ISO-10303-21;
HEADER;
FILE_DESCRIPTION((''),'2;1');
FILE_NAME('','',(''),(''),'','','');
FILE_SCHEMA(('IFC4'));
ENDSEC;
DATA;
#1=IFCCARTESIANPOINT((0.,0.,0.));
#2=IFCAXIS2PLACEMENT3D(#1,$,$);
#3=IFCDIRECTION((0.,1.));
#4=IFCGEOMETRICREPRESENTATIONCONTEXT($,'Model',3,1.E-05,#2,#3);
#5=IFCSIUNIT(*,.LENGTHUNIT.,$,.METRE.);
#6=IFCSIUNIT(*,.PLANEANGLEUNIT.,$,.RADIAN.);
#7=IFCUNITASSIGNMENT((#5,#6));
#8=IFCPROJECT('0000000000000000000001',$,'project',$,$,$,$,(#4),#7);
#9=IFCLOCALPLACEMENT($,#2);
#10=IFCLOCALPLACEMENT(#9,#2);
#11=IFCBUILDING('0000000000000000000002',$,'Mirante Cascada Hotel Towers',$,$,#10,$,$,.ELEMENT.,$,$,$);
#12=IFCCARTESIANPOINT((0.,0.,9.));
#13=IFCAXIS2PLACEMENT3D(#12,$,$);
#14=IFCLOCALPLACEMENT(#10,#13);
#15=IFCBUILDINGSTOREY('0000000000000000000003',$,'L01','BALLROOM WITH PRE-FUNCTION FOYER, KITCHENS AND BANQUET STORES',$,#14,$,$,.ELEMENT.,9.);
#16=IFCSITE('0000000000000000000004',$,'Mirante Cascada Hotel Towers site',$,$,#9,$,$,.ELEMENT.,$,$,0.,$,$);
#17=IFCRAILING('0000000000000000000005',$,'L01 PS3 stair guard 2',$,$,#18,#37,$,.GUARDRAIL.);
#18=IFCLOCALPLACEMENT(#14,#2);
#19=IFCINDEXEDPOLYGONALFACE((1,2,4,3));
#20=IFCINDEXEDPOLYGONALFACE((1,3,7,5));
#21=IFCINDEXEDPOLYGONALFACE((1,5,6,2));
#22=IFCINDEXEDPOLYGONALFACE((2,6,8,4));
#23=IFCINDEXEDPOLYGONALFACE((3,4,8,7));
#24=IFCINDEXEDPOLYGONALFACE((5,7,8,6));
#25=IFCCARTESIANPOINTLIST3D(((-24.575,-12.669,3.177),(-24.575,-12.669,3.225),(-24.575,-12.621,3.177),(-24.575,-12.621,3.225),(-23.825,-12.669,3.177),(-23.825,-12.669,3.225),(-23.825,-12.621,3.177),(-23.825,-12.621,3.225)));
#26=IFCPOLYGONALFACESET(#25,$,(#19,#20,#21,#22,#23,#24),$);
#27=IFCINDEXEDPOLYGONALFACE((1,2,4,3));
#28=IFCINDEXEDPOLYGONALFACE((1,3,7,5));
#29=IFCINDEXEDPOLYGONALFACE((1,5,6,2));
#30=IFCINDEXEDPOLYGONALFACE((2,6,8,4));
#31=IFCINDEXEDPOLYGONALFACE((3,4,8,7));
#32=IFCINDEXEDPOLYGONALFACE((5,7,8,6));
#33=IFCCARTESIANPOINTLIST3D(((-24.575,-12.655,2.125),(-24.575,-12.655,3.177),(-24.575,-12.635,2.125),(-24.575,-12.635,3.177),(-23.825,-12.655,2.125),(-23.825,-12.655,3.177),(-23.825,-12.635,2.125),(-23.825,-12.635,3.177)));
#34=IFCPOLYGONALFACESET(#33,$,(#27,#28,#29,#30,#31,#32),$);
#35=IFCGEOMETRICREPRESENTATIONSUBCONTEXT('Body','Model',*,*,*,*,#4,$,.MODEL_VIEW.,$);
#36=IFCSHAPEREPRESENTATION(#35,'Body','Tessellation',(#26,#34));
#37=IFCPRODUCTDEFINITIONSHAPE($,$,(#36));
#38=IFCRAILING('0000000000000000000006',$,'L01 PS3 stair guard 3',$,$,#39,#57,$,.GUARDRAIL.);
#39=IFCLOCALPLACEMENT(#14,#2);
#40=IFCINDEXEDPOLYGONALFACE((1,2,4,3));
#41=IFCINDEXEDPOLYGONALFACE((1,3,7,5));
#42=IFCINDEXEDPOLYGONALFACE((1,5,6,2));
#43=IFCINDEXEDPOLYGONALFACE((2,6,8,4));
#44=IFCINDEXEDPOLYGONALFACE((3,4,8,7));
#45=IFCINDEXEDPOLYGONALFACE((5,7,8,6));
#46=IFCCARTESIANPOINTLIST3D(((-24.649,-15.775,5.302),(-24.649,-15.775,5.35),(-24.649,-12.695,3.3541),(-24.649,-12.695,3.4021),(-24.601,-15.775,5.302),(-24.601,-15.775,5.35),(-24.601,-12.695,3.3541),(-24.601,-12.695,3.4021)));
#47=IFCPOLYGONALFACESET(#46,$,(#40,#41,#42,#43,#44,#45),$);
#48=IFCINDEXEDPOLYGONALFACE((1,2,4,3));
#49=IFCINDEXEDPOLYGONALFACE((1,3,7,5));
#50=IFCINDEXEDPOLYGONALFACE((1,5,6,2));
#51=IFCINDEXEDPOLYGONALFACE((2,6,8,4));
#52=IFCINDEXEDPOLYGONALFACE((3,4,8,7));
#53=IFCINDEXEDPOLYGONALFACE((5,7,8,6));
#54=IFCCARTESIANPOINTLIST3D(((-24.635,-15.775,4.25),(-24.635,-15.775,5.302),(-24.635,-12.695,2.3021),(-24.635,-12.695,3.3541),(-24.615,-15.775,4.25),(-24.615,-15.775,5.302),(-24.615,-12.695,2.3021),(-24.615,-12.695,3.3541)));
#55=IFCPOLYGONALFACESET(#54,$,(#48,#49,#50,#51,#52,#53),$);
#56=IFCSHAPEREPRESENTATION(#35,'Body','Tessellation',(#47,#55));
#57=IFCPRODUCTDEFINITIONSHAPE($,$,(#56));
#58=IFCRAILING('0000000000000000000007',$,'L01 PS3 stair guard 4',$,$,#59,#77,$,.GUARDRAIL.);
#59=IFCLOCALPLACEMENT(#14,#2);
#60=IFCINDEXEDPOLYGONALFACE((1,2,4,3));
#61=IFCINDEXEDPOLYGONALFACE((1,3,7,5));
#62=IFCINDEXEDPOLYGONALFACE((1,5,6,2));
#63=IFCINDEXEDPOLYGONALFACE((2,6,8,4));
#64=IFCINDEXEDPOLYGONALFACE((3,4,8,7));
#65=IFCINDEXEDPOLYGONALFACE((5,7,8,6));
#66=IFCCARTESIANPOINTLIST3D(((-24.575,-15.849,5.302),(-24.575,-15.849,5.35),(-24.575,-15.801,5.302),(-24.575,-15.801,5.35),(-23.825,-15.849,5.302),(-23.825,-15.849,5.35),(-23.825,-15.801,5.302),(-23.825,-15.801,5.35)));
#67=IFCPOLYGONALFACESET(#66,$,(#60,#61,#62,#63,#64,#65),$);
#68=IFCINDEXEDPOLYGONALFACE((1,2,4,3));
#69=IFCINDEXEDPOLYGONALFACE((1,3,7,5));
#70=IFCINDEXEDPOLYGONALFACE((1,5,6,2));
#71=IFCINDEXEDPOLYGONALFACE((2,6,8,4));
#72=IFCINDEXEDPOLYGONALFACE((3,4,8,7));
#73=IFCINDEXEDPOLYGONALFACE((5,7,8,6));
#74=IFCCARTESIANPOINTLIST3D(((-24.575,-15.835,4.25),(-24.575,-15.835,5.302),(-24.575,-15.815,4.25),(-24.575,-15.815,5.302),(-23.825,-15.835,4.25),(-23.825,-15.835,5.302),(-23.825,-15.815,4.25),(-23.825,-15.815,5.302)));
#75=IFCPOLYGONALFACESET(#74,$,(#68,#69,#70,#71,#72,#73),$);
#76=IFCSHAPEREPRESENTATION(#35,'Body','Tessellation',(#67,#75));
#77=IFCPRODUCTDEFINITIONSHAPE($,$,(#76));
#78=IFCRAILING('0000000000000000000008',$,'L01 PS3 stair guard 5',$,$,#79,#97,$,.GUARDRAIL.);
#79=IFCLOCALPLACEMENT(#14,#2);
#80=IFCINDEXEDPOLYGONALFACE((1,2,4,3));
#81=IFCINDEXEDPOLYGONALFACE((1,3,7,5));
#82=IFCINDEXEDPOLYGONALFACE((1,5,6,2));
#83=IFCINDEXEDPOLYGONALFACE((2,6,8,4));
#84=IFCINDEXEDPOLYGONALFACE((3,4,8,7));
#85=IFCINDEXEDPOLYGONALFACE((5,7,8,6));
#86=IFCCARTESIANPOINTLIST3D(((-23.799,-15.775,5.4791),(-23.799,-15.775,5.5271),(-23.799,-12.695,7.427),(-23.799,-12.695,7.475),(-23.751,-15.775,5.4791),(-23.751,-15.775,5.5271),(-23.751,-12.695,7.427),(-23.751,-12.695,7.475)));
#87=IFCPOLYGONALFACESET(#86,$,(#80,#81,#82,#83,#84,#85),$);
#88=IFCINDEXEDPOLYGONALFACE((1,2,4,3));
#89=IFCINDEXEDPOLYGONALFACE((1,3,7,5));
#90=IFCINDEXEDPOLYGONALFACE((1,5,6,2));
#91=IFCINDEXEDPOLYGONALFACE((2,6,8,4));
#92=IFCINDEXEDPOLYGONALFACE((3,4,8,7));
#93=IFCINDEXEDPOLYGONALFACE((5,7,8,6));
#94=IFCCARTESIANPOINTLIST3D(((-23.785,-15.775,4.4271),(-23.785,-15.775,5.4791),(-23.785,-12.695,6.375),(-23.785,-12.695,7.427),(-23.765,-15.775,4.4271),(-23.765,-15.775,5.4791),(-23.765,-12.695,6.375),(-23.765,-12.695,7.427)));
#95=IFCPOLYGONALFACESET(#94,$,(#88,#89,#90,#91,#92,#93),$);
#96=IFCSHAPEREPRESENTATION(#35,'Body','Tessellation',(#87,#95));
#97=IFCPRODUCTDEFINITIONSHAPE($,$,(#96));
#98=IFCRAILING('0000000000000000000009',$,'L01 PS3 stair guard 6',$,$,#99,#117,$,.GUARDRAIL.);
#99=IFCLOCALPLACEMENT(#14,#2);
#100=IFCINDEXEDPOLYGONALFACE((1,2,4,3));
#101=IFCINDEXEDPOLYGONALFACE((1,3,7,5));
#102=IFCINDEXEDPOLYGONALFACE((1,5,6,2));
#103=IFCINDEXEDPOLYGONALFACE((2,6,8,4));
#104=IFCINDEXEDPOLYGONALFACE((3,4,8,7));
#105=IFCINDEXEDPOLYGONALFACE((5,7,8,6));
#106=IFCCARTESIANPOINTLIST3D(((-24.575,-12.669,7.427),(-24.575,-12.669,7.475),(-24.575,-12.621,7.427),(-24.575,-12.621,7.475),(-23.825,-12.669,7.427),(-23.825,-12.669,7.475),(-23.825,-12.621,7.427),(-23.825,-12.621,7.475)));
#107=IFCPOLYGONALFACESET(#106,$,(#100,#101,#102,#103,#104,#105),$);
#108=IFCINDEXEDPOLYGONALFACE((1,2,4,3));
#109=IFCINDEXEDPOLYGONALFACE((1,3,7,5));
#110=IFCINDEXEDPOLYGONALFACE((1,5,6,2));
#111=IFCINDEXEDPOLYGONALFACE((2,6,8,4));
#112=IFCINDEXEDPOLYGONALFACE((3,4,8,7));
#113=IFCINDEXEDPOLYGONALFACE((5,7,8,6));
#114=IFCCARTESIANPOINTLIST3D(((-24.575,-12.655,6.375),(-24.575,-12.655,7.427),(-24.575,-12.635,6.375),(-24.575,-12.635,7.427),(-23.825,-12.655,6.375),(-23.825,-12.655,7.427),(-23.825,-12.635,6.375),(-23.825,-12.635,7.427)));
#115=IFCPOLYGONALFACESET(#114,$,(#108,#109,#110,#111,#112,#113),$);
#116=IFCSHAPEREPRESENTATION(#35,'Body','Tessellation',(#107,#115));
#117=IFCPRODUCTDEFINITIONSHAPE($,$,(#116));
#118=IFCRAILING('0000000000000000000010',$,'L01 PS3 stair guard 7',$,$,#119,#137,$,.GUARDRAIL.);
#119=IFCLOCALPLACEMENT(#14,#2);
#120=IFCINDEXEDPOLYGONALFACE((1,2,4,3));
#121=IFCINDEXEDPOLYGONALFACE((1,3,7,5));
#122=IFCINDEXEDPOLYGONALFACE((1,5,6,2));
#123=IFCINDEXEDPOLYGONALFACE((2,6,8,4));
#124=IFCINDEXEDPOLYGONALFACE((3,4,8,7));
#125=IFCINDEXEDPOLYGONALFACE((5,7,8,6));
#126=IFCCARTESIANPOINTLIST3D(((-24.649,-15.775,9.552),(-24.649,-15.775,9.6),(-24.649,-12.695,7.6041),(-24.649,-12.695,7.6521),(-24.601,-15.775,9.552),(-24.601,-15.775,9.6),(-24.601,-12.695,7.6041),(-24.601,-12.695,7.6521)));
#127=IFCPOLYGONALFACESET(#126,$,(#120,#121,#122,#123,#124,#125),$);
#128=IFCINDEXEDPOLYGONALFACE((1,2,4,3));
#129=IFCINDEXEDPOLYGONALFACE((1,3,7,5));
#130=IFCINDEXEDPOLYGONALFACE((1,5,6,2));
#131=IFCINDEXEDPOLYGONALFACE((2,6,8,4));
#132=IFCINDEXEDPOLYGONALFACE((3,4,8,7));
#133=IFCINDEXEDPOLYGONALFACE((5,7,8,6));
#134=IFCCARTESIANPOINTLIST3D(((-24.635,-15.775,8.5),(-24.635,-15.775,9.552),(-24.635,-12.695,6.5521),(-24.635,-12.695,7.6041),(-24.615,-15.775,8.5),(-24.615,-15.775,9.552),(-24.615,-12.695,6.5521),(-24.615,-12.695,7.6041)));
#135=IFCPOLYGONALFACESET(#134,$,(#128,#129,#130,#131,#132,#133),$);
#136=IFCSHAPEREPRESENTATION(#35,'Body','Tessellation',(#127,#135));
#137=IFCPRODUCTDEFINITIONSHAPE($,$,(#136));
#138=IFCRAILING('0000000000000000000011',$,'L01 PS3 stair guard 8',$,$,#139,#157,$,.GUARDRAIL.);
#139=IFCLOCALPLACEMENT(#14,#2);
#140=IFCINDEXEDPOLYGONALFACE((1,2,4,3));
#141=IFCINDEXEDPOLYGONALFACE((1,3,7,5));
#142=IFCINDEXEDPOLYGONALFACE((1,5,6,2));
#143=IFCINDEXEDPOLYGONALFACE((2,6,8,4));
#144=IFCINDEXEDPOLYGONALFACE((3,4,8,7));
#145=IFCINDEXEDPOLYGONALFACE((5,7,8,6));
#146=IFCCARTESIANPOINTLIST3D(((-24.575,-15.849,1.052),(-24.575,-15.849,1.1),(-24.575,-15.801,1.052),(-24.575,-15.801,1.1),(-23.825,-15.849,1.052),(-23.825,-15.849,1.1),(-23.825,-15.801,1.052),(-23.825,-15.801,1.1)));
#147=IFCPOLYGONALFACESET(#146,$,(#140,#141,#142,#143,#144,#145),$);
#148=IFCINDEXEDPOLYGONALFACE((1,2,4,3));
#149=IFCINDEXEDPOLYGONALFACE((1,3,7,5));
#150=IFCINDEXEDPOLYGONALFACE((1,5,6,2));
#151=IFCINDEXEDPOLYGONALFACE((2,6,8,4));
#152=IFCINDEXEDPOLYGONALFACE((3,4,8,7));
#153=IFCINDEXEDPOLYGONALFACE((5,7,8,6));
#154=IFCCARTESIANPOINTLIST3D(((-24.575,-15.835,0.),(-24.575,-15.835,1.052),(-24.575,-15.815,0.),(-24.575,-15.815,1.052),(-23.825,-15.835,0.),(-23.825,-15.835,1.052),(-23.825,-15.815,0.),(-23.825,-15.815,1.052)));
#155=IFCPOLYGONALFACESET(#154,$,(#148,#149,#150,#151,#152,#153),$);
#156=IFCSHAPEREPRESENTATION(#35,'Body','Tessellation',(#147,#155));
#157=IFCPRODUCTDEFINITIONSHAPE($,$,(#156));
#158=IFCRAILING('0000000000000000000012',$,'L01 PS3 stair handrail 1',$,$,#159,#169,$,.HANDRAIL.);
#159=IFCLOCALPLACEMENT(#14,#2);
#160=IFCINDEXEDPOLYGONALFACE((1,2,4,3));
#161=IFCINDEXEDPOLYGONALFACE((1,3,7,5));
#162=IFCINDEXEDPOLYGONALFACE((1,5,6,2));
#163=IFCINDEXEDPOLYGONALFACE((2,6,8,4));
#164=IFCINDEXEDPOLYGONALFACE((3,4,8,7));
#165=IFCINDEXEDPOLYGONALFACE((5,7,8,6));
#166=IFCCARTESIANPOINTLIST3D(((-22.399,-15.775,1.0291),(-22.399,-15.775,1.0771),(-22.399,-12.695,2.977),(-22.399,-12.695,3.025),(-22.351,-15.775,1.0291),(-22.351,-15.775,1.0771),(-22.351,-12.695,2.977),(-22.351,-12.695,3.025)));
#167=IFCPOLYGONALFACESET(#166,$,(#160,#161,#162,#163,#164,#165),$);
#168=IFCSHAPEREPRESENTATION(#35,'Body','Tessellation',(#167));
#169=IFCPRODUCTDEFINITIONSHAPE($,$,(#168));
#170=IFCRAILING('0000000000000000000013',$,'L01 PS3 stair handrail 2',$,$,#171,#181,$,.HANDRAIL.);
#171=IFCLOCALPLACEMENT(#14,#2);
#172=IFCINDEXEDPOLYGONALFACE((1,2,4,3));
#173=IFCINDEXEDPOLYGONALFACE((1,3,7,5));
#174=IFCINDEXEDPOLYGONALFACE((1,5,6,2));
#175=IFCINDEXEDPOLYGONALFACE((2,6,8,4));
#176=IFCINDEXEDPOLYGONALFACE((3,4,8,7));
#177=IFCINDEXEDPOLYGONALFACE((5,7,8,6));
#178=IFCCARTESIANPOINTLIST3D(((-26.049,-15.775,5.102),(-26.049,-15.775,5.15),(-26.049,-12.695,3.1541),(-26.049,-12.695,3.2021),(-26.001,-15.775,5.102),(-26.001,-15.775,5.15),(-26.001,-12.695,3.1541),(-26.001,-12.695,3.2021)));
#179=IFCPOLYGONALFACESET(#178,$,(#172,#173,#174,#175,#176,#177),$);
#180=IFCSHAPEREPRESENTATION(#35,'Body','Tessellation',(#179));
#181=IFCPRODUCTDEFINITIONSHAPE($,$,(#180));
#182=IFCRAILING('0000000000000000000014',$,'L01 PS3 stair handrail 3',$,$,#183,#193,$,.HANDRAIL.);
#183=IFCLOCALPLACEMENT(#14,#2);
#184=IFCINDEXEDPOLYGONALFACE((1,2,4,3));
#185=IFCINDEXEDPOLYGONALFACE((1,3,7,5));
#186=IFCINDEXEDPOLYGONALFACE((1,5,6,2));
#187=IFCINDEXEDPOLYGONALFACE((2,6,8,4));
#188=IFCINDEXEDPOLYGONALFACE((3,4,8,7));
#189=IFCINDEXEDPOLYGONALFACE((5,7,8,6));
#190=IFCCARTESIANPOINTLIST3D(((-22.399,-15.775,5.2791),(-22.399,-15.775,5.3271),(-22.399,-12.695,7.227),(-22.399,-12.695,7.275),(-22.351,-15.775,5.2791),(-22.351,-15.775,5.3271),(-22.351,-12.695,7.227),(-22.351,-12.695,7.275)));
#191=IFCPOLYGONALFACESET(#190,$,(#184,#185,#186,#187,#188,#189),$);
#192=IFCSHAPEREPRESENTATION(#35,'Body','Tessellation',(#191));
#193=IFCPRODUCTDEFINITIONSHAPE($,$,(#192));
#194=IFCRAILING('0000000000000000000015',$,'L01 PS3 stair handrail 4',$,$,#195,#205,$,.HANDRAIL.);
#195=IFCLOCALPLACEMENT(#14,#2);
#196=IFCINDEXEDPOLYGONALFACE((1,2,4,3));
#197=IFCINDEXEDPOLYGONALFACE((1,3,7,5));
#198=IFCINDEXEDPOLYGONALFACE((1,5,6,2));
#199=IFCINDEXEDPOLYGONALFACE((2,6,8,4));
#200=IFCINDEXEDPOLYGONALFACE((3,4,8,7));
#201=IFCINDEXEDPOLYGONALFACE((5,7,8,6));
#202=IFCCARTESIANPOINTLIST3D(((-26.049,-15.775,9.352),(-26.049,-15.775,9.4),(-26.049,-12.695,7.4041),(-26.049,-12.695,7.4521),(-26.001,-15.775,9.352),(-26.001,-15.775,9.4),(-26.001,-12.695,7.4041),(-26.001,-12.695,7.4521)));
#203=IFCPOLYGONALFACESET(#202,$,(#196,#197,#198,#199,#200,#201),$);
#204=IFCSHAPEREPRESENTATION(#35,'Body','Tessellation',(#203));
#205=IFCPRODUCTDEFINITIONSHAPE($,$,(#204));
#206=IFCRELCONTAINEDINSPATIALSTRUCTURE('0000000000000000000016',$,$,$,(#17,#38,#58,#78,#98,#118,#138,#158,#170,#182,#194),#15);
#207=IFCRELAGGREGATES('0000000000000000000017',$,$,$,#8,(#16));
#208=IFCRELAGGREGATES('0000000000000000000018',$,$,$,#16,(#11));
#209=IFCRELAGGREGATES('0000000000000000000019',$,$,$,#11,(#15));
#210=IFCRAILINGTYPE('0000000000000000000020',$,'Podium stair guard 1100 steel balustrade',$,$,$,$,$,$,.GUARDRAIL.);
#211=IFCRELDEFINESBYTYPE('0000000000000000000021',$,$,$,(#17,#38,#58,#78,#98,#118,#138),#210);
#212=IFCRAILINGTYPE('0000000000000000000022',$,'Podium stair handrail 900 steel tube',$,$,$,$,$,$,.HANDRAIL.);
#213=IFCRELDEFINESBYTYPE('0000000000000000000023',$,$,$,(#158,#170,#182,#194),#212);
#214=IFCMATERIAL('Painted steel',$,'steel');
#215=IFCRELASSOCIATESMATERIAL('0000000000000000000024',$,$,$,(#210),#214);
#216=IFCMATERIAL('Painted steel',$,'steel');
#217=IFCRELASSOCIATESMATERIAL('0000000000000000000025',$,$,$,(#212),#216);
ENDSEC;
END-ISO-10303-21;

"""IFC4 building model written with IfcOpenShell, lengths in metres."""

from ifc_helpers import new_model, si_unit, direction, frame, origin, origin_2d, place, context, subcontext, project, spatial, rectangle, extrude, material, type_object, element, save


model = new_model("IFC4")

# Units and contexts
model_context = context("Model", 3, precision=1e-05, world=origin(), true_north=direction((0.0, 1.0)))
body_context = subcontext(model_context, "Body", "Model", "MODEL_VIEW")
ifc_project = project(units=[si_unit("LENGTHUNIT", "METRE"), si_unit("PLANEANGLEUNIT", "RADIAN")], contexts=[model_context])

# Site, building, storey
site_placement = place(None, origin())
site = spatial("IfcSite", under=ifc_project, at=site_placement, Name="Mirante Cascada Hotel Towers site", CompositionType="ELEMENT", RefElevation=0.0)
building_placement = place(site_placement, origin())
building = spatial("IfcBuilding", under=site, at=building_placement, Name="Mirante Cascada Hotel Towers", CompositionType="ELEMENT")
storey_placement = place(building_placement, frame((0.0, 0.0, 9.0)))
storey = spatial("IfcBuildingStorey", under=building, at=storey_placement, Name="L01", Description="BALLROOM WITH PRE-FUNCTION FOYER, KITCHENS AND BANQUET STORES", CompositionType="ELEMENT", Elevation=9.0)

# Railings
ifc_material_1 = material(Name="Painted steel", Category="steel")
railing_type_1 = type_object("IfcRailingType", Name="Podium stair guard 1100 steel balustrade", PredefinedType="GUARDRAIL", material=ifc_material_1)
railing_1_placement = place(storey_placement, frame((-23.825, -12.645, 2.125)))
element("IfcRailing", 1, at=railing_1_placement, inside=storey, type_object=railing_type_1, Name="L01 PS3 stair guard 2", PredefinedType="GUARDRAIL", context=body_context, shape_type="SweptSolid", body=[
    extrude(rectangle(XDim=0.048, YDim=0.048, at=origin_2d()), frame((0.0, 0.0, 1.076), z_axis=(-1.0, 0.0, 0.0), x_axis=(0.0, -1.0, 0.0)), (0.0, 0.0, 1.0), 0.75),
    extrude(rectangle(XDim=0.02, YDim=1.052, at=origin_2d()), frame((0.0, 0.0, 0.526), z_axis=(-1.0, 0.0, 0.0), x_axis=(0.0, -1.0, 0.0)), (0.0, 0.0, 1.0), 0.75),
])
railing_2_placement = place(storey_placement, frame((-24.625, -12.695, 2.3021)))
element("IfcRailing", 2, at=railing_2_placement, inside=storey, type_object=railing_type_1, Name="L01 PS3 stair guard 3", PredefinedType="GUARDRAIL", context=body_context, shape_type="SweptSolid", body=[
    extrude(rectangle(XDim=0.048, YDim=0.048, at=origin_2d()), frame((0.0, 0.0, 1.076), z_axis=(0.0, -1.0, 0.0), x_axis=(1.0, 0.0, 0.0)), (0.0, 0.53451, 0.845162), 3.6443),
    extrude(rectangle(XDim=0.02, YDim=1.052, at=origin_2d()), frame((0.0, 0.0, 0.526), z_axis=(0.0, -1.0, 0.0), x_axis=(1.0, 0.0, 0.0)), (0.0, 0.53451, 0.845162), 3.6443),
])
railing_3_placement = place(storey_placement, frame((-23.825, -15.825, 4.25)))
element("IfcRailing", 3, at=railing_3_placement, inside=storey, type_object=railing_type_1, Name="L01 PS3 stair guard 4", PredefinedType="GUARDRAIL", context=body_context, shape_type="SweptSolid", body=[
    extrude(rectangle(XDim=0.048, YDim=0.048, at=origin_2d()), frame((0.0, 0.0, 1.076), z_axis=(-1.0, 0.0, 0.0), x_axis=(0.0, -1.0, 0.0)), (0.0, 0.0, 1.0), 0.75),
    extrude(rectangle(XDim=0.02, YDim=1.052, at=origin_2d()), frame((0.0, 0.0, 0.526), z_axis=(-1.0, 0.0, 0.0), x_axis=(0.0, -1.0, 0.0)), (0.0, 0.0, 1.0), 0.75),
])
railing_4_placement = place(storey_placement, frame((-23.775, -15.775, 4.4271)))
element("IfcRailing", 4, at=railing_4_placement, inside=storey, type_object=railing_type_1, Name="L01 PS3 stair guard 5", PredefinedType="GUARDRAIL", context=body_context, shape_type="SweptSolid", body=[
    extrude(rectangle(XDim=0.048, YDim=0.048, at=origin_2d()), frame((0.0, 0.0, 1.076), z_axis=(0.0, 1.0, 0.0), x_axis=(-1.0, 0.0, 0.0)), (0.0, 0.53451, 0.845162), 3.6443),
    extrude(rectangle(XDim=0.02, YDim=1.052, at=origin_2d()), frame((0.0, 0.0, 0.526), z_axis=(0.0, 1.0, 0.0), x_axis=(-1.0, 0.0, 0.0)), (0.0, 0.53451, 0.845162), 3.6443),
])
railing_5_placement = place(storey_placement, frame((-23.825, -12.645, 6.375)))
element("IfcRailing", 5, at=railing_5_placement, inside=storey, type_object=railing_type_1, Name="L01 PS3 stair guard 6", PredefinedType="GUARDRAIL", context=body_context, shape_type="SweptSolid", body=[
    extrude(rectangle(XDim=0.048, YDim=0.048, at=origin_2d()), frame((0.0, 0.0, 1.076), z_axis=(-1.0, 0.0, 0.0), x_axis=(0.0, -1.0, 0.0)), (0.0, 0.0, 1.0), 0.75),
    extrude(rectangle(XDim=0.02, YDim=1.052, at=origin_2d()), frame((0.0, 0.0, 0.526), z_axis=(-1.0, 0.0, 0.0), x_axis=(0.0, -1.0, 0.0)), (0.0, 0.0, 1.0), 0.75),
])
railing_6_placement = place(storey_placement, frame((-24.625, -12.695, 6.5521)))
element("IfcRailing", 6, at=railing_6_placement, inside=storey, type_object=railing_type_1, Name="L01 PS3 stair guard 7", PredefinedType="GUARDRAIL", context=body_context, shape_type="SweptSolid", body=[
    extrude(rectangle(XDim=0.048, YDim=0.048, at=origin_2d()), frame((0.0, 0.0, 1.076), z_axis=(0.0, -1.0, 0.0), x_axis=(1.0, 0.0, 0.0)), (0.0, 0.53451, 0.845162), 3.6443),
    extrude(rectangle(XDim=0.02, YDim=1.052, at=origin_2d()), frame((0.0, 0.0, 0.526), z_axis=(0.0, -1.0, 0.0), x_axis=(1.0, 0.0, 0.0)), (0.0, 0.53451, 0.845162), 3.6443),
])
railing_7_placement = place(storey_placement, frame((-23.825, -15.825, 0.0)))
element("IfcRailing", 7, at=railing_7_placement, inside=storey, type_object=railing_type_1, Name="L01 PS3 stair guard 8", PredefinedType="GUARDRAIL", context=body_context, shape_type="SweptSolid", body=[
    extrude(rectangle(XDim=0.048, YDim=0.048, at=origin_2d()), frame((0.0, 0.0, 1.076), z_axis=(-1.0, 0.0, 0.0), x_axis=(0.0, -1.0, 0.0)), (0.0, 0.0, 1.0), 0.75),
    extrude(rectangle(XDim=0.02, YDim=1.052, at=origin_2d()), frame((0.0, 0.0, 0.526), z_axis=(-1.0, 0.0, 0.0), x_axis=(0.0, -1.0, 0.0)), (0.0, 0.0, 1.0), 0.75),
])
ifc_material_2 = material(Name="Painted steel", Category="steel")
railing_type_2 = type_object("IfcRailingType", Name="Podium stair handrail 900 steel tube", PredefinedType="HANDRAIL", material=ifc_material_2)
railing_8_placement = place(storey_placement, frame((-22.375, -15.775, 0.1771)))
element("IfcRailing", 8, at=railing_8_placement, inside=storey, type_object=railing_type_2, Name="L01 PS3 stair handrail 1", PredefinedType="HANDRAIL", context=body_context, shape_type="SweptSolid", body=[
    extrude(rectangle(XDim=0.048, YDim=0.048, at=origin_2d()), frame((0.0, 0.0, 0.876), z_axis=(0.0, 1.0, 0.0), x_axis=(-1.0, 0.0, 0.0)), (0.0, 0.53451, 0.845162), 3.6443),
])
railing_9_placement = place(storey_placement, frame((-26.025, -12.695, 2.3021)))
element("IfcRailing", 9, at=railing_9_placement, inside=storey, type_object=railing_type_2, Name="L01 PS3 stair handrail 2", PredefinedType="HANDRAIL", context=body_context, shape_type="SweptSolid", body=[
    extrude(rectangle(XDim=0.048, YDim=0.048, at=origin_2d()), frame((0.0, 0.0, 0.876), z_axis=(0.0, -1.0, 0.0), x_axis=(1.0, 0.0, 0.0)), (0.0, 0.53451, 0.845162), 3.6443),
])
railing_10_placement = place(storey_placement, frame((-22.375, -15.775, 4.4271)))
element("IfcRailing", 10, at=railing_10_placement, inside=storey, type_object=railing_type_2, Name="L01 PS3 stair handrail 3", PredefinedType="HANDRAIL", context=body_context, shape_type="SweptSolid", body=[
    extrude(rectangle(XDim=0.048, YDim=0.048, at=origin_2d()), frame((0.0, 0.0, 0.876), z_axis=(0.0, 1.0, 0.0), x_axis=(-1.0, 0.0, 0.0)), (0.0, 0.53451, 0.845162), 3.6443),
])
railing_11_placement = place(storey_placement, frame((-26.025, -12.695, 6.5521)))
element("IfcRailing", 11, at=railing_11_placement, inside=storey, type_object=railing_type_2, Name="L01 PS3 stair handrail 4", PredefinedType="HANDRAIL", context=body_context, shape_type="SweptSolid", body=[
    extrude(rectangle(XDim=0.048, YDim=0.048, at=origin_2d()), frame((0.0, 0.0, 0.876), z_axis=(0.0, -1.0, 0.0), x_axis=(1.0, 0.0, 0.0)), (0.0, 0.53451, 0.845162), 3.6443),
])

save(model, "model.ifc")
